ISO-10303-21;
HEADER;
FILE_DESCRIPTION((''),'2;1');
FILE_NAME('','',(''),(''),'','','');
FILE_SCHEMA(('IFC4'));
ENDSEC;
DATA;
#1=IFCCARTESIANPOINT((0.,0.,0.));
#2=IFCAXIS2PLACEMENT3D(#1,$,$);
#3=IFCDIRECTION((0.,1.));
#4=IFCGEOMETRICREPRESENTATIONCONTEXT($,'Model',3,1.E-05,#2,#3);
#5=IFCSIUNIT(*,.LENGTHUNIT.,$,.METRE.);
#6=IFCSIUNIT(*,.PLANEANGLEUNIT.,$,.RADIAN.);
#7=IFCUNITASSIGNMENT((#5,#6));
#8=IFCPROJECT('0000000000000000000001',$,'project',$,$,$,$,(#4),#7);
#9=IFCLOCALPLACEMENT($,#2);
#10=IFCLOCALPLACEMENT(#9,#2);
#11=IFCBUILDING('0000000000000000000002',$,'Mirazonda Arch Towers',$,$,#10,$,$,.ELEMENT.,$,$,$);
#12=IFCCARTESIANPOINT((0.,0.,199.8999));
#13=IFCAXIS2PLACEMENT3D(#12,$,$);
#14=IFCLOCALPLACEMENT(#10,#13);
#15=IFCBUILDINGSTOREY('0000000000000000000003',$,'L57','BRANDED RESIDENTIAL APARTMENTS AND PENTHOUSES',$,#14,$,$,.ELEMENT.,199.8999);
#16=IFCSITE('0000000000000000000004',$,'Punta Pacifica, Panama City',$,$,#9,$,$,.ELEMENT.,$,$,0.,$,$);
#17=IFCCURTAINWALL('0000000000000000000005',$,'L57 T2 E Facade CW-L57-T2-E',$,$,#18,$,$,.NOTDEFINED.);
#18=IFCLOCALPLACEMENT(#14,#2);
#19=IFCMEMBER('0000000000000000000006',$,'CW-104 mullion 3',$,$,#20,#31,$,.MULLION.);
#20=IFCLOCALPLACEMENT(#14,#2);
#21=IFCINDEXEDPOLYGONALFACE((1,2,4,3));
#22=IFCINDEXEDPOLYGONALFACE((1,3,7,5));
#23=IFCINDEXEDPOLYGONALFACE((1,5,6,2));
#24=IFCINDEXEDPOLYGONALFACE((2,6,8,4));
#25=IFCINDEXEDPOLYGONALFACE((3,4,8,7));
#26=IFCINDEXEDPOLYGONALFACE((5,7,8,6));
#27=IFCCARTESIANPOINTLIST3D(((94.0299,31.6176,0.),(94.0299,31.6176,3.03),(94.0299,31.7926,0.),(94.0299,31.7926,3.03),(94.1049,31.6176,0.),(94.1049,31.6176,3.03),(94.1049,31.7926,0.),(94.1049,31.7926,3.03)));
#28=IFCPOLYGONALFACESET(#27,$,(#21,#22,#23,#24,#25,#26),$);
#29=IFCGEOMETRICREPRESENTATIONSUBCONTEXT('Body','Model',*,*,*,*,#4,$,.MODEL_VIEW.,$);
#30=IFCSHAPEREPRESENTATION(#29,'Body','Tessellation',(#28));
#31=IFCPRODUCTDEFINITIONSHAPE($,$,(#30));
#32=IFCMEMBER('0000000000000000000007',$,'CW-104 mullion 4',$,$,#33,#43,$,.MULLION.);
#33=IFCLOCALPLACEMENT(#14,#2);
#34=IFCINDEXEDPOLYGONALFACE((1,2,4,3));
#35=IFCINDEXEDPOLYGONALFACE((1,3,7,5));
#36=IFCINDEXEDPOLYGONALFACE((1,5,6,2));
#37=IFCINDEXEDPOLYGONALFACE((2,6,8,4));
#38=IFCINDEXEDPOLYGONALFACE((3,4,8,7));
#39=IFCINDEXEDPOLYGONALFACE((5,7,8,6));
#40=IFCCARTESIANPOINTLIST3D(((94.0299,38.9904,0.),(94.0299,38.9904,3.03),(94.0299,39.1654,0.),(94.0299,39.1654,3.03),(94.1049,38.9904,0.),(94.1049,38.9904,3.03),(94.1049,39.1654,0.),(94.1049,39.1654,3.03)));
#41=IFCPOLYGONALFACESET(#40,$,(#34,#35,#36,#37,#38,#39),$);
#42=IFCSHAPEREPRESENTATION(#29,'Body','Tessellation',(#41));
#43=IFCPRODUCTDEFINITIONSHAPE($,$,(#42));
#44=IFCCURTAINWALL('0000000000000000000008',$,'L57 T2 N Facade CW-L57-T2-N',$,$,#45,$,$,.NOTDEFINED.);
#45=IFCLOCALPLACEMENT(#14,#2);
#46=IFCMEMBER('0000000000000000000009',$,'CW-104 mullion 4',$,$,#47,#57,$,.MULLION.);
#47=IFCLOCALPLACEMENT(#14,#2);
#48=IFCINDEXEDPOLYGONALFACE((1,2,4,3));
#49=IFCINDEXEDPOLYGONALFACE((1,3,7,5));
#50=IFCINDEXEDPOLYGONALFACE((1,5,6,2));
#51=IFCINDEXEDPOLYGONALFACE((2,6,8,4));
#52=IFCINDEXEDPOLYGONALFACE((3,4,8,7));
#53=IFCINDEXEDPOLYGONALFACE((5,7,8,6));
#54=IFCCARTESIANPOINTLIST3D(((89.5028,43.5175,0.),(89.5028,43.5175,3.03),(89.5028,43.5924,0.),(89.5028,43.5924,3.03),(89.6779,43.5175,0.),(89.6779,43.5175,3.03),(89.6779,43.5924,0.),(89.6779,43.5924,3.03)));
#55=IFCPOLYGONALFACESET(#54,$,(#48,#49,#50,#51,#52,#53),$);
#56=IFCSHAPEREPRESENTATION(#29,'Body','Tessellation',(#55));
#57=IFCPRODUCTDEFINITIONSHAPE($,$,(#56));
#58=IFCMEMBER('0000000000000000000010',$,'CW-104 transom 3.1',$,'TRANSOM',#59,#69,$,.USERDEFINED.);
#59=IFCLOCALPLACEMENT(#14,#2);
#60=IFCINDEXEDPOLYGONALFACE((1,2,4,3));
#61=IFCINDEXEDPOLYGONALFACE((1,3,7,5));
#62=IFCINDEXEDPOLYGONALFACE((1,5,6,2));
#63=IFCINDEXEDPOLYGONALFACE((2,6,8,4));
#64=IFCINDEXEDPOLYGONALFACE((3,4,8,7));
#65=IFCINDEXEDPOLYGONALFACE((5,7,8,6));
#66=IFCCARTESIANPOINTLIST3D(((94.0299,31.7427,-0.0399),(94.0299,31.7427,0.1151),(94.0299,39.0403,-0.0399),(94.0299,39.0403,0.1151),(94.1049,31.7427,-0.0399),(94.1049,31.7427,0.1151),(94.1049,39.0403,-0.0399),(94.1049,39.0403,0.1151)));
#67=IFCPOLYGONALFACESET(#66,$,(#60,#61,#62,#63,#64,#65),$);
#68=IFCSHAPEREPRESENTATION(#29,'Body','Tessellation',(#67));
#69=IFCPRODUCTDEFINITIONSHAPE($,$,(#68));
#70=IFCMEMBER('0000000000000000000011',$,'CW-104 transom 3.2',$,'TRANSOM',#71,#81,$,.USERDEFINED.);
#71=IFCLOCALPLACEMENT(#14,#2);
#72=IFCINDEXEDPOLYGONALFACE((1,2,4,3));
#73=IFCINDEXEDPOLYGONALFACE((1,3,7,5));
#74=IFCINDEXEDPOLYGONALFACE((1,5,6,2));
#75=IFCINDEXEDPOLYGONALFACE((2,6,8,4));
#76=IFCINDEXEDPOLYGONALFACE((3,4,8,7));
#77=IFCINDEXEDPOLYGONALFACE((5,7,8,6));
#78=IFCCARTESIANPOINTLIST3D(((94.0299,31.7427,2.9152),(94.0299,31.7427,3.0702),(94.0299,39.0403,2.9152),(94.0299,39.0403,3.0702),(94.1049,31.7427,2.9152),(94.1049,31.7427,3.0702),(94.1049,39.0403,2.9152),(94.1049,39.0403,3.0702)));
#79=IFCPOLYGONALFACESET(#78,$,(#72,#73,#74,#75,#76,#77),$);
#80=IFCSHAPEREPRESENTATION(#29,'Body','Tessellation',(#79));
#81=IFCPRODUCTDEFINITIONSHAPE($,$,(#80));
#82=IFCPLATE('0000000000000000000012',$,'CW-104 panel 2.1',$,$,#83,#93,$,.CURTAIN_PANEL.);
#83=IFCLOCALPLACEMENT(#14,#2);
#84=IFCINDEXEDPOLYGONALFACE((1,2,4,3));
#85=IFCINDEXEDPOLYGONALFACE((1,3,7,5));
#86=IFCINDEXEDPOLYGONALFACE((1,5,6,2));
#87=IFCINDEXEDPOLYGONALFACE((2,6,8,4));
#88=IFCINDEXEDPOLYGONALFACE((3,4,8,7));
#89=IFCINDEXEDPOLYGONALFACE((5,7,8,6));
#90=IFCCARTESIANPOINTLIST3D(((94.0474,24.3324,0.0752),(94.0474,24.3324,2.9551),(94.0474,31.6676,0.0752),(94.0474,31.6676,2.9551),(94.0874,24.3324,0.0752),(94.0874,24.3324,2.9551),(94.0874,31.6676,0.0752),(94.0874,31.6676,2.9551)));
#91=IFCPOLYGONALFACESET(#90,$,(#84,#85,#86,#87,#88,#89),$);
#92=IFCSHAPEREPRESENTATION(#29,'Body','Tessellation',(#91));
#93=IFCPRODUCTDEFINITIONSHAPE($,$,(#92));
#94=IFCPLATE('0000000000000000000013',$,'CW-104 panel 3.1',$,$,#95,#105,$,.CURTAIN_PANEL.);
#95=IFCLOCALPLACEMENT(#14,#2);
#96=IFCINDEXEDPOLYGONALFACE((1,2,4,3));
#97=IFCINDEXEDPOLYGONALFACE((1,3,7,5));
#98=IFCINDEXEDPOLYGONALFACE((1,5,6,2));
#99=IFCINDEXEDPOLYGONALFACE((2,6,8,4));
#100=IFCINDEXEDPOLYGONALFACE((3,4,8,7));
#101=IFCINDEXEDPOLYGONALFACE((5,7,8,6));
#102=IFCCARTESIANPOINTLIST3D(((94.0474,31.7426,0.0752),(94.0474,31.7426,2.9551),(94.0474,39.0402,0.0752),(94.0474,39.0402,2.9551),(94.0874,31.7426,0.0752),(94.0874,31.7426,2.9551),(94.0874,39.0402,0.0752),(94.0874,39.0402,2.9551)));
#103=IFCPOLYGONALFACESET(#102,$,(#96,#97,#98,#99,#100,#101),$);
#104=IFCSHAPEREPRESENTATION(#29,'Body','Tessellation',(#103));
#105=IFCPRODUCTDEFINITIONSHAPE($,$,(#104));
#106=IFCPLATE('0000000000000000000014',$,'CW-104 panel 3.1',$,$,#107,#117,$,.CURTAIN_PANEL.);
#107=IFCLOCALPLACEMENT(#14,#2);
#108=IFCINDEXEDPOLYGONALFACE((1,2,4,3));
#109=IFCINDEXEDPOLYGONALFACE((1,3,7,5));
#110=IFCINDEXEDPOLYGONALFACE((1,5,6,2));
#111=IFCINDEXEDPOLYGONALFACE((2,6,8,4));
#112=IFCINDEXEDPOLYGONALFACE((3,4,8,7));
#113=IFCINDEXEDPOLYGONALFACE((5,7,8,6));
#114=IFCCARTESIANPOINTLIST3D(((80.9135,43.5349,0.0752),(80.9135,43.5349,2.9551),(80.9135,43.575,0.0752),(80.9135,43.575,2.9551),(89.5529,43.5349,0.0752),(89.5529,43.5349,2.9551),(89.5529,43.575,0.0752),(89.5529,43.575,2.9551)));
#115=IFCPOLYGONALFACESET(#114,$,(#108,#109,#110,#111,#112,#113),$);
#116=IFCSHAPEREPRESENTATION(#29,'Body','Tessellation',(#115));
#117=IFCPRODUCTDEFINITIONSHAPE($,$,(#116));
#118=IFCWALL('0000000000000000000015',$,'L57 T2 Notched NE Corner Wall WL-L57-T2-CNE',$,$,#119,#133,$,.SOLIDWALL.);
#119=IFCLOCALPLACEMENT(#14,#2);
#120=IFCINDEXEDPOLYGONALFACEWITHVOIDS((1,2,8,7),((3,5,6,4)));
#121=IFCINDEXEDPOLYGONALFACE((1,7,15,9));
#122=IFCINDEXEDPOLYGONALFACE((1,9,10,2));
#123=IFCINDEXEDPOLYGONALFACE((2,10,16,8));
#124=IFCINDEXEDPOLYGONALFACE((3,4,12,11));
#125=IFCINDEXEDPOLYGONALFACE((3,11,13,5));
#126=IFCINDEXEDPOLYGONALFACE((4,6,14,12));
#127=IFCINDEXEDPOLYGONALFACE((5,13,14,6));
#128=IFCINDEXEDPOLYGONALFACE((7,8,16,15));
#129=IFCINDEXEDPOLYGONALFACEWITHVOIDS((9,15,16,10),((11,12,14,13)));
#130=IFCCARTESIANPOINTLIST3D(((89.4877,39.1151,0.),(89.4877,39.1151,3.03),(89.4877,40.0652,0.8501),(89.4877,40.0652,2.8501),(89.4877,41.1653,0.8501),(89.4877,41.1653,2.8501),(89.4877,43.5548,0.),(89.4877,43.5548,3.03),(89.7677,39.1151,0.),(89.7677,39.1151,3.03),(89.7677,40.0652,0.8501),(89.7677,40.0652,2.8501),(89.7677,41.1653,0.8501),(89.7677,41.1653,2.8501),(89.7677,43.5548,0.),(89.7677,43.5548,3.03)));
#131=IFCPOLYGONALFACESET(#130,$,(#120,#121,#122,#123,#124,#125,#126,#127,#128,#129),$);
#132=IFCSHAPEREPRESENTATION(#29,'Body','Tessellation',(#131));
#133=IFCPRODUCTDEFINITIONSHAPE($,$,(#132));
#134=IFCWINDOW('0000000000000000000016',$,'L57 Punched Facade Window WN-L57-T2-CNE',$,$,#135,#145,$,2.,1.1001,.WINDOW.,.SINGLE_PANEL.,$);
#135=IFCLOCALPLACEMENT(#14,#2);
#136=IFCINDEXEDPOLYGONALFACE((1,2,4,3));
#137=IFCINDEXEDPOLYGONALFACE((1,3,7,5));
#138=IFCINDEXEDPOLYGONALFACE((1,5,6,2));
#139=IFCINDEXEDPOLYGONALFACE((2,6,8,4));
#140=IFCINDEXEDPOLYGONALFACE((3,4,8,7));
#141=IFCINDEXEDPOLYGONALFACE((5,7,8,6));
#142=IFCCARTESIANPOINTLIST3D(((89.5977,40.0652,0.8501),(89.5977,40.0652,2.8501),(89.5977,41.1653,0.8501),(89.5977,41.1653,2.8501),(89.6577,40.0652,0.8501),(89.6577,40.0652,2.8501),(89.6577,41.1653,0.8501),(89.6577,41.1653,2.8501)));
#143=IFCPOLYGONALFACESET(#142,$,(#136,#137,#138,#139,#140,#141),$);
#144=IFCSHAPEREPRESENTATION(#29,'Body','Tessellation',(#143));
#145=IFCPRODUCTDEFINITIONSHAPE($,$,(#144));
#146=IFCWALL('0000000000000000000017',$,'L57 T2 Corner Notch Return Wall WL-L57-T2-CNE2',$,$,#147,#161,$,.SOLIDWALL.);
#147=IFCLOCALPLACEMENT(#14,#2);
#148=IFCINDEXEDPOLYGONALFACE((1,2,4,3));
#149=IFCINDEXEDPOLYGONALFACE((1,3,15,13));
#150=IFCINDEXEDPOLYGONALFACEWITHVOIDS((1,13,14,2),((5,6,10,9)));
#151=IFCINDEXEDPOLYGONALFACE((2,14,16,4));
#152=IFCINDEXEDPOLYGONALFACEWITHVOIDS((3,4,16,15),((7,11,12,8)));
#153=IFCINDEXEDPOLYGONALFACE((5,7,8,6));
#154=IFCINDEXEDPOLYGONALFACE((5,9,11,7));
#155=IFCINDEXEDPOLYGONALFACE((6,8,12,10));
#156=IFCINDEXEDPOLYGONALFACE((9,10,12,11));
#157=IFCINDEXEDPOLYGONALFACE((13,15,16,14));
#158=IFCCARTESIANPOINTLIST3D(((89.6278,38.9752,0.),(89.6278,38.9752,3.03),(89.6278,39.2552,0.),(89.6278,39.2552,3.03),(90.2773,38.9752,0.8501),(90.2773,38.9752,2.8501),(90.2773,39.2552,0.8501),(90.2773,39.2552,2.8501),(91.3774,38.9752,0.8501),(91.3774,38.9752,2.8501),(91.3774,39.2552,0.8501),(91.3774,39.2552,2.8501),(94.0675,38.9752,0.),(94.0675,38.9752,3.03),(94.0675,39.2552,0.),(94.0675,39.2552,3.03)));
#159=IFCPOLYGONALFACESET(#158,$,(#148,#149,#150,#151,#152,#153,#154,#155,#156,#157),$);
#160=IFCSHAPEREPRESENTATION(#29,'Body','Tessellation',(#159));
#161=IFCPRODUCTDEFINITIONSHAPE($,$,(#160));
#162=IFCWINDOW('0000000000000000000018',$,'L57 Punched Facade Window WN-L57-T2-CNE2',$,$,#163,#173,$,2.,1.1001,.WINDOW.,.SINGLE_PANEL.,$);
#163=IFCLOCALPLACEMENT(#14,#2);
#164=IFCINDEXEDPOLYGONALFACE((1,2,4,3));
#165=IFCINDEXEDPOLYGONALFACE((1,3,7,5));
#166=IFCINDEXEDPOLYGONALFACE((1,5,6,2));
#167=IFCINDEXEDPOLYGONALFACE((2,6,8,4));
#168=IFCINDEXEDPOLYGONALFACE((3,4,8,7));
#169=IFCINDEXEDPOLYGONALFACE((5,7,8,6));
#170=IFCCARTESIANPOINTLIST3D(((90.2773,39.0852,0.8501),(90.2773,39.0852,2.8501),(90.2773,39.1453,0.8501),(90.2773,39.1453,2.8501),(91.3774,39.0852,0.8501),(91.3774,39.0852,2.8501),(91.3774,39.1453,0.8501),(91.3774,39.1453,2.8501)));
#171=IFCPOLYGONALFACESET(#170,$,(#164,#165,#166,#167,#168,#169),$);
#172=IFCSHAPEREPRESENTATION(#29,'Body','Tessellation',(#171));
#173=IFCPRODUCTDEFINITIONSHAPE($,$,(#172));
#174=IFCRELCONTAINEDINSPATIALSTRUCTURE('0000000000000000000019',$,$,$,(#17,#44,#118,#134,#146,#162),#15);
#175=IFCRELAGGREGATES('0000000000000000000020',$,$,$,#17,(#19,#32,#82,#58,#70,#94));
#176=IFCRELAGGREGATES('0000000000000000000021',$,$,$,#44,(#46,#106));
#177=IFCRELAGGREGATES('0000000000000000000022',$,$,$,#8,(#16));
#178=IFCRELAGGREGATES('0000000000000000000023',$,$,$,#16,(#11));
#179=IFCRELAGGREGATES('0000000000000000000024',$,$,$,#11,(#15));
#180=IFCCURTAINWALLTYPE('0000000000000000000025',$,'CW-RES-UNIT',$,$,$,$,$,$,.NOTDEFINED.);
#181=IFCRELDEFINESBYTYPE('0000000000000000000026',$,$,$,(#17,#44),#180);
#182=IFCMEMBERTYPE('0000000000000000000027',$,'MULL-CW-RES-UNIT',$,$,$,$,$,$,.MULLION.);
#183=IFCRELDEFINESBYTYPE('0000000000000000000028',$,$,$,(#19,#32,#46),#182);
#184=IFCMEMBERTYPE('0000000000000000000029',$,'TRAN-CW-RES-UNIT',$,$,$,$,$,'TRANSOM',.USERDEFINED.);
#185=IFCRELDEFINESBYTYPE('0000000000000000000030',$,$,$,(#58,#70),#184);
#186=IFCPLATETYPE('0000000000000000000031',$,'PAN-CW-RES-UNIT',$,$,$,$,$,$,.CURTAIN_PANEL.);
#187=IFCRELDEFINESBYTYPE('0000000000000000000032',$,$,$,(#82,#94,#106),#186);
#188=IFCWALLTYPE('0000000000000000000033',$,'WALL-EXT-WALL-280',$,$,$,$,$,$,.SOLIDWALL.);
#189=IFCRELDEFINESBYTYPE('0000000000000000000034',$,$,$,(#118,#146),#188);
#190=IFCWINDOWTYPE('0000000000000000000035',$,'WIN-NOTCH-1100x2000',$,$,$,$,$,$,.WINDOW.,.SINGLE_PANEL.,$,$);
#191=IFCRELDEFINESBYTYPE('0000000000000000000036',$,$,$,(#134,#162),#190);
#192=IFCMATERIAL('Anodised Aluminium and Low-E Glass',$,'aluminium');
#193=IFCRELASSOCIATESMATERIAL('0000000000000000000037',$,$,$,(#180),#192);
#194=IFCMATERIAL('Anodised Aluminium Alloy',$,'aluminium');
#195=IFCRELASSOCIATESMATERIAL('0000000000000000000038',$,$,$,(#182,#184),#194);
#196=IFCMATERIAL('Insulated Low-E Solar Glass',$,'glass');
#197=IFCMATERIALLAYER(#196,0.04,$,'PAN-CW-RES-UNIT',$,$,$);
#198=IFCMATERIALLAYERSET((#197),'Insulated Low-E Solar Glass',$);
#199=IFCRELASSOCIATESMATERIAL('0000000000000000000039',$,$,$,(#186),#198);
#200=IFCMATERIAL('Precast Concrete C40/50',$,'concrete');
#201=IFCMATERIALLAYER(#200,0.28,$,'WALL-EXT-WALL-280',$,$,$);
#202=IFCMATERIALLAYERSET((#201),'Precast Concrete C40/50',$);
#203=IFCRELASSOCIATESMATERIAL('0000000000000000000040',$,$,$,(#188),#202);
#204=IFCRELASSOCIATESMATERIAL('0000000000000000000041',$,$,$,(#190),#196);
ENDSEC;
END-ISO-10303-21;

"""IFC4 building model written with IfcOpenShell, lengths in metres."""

from ifc_helpers import new_model, si_unit, direction, frame, frame_2d, origin, origin_2d, place, context, subcontext, project, spatial, rectangle, extrude, material, layer, layer_set, material_profile, profile_set, type_object, element, fill, aggregate, save


model = new_model("IFC4")

# Units and contexts
model_context = context("Model", 3, precision=1e-05, world=origin(), true_north=direction((0.0, 1.0)))
body_context = subcontext(model_context, "Body", "Model", "MODEL_VIEW")
ifc_project = project(units=[si_unit("LENGTHUNIT", "METRE"), si_unit("PLANEANGLEUNIT", "RADIAN")], contexts=[model_context])

# Site, building, storey
site_placement = place(None, origin())
site = spatial("IfcSite", under=ifc_project, at=site_placement, Name="Punta Pacifica, Panama City", CompositionType="ELEMENT", RefElevation=0.0)
building_placement = place(site_placement, origin())
building = spatial("IfcBuilding", under=site, at=building_placement, Name="Mirazonda Arch Towers", CompositionType="ELEMENT")
storey_placement = place(building_placement, frame((0.0, 0.0, 199.8999)))
storey = spatial("IfcBuildingStorey", under=building, at=storey_placement, Name="L57", Description="BRANDED RESIDENTIAL APARTMENTS AND PENTHOUSES", CompositionType="ELEMENT", Elevation=199.8999)

# Curtain wall, members
ifc_material_1 = material(Name="Anodised Aluminium and Low-E Glass", Category="aluminium")
curtain_wall_type = type_object("IfcCurtainWallType", Name="CW-RES-UNIT", PredefinedType="NOTDEFINED", material=ifc_material_1)
curtain_wall_1_placement = place(storey_placement, origin())
curtain_wall_1 = element("IfcCurtainWall", 1, at=curtain_wall_1_placement, inside=storey, type_object=curtain_wall_type, Name="L57 T2 E Facade CW-L57-T2-E", PredefinedType="NOTDEFINED")
ifc_material_2 = material(Name="Anodised Aluminium Alloy", Category="aluminium")
ifc_material_profile_1 = material_profile(ifc_material_2, rectangle(XDim=0.075, YDim=0.175, at=origin_2d()), Name="ALU-MULL-75x175")
ifc_profile_set_1 = profile_set([ifc_material_profile_1], Name="Anodised Aluminium Alloy")
member_type_1 = type_object("IfcMemberType", Name="MULL-CW-RES-UNIT", PredefinedType="MULLION", material=ifc_profile_set_1)
member_1_placement = place(storey_placement, frame((94.0674, 31.7051, 0.0), z_axis=(0.0, 0.0, 1.0), x_axis=(-1.0, 0.0, 0.0)))
member_1 = element("IfcMember", 2, at=member_1_placement, type_object=member_type_1, Name="CW-104 mullion 3", PredefinedType="MULLION", context=body_context, shape_type="SweptSolid", body=[
    extrude(rectangle(XDim=0.075, YDim=0.175, at=origin_2d()), origin(), (0.0, 0.0, 1.0), 3.03),
])
member_2_placement = place(storey_placement, frame((94.0674, 39.0779, 0.0), z_axis=(0.0, 0.0, 1.0), x_axis=(-1.0, 0.0, 0.0)))
member_2 = element("IfcMember", 3, at=member_2_placement, type_object=member_type_1, Name="CW-104 mullion 4", PredefinedType="MULLION", context=body_context, shape_type="SweptSolid", body=[
    extrude(rectangle(XDim=0.075, YDim=0.175, at=origin_2d()), origin(), (0.0, 0.0, 1.0), 3.03),
])

# Curtain wall, member
curtain_wall_2_placement = place(storey_placement, origin())
curtain_wall_2 = element("IfcCurtainWall", 4, at=curtain_wall_2_placement, inside=storey, type_object=curtain_wall_type, Name="L57 T2 N Facade CW-L57-T2-N", PredefinedType="NOTDEFINED")
member_3_placement = place(storey_placement, frame((89.5903, 43.5549, 0.0), z_axis=(0.0, 0.0, 1.0), x_axis=(0.0, 1.0, 0.0)))
member_3 = element("IfcMember", 5, at=member_3_placement, type_object=member_type_1, Name="CW-104 mullion 4", PredefinedType="MULLION", context=body_context, shape_type="SweptSolid", body=[
    extrude(rectangle(XDim=0.075, YDim=0.175, at=origin_2d()), origin(), (0.0, 0.0, 1.0), 3.03),
])

# Members
ifc_material_profile_2 = material_profile(ifc_material_2, rectangle(XDim=0.075, YDim=0.155, at=origin_2d()), Name="ALU-TRAN-75x155")
ifc_profile_set_2 = profile_set([ifc_material_profile_2], Name="Anodised Aluminium Alloy")
member_type_2 = type_object("IfcMemberType", Name="TRAN-CW-RES-UNIT", ElementType="TRANSOM", PredefinedType="USERDEFINED", material=ifc_profile_set_2)
member_4_placement = place(storey_placement, frame((94.0674, 31.7427, 0.0376), z_axis=(0.0, 1.0, 0.0), x_axis=(-1.0, 0.0, 0.0)))
member_4 = element("IfcMember", 6, at=member_4_placement, type_object=member_type_2, Name="CW-104 transom 3.1", ObjectType="TRANSOM", PredefinedType="USERDEFINED", context=body_context, shape_type="SweptSolid", body=[
    extrude(rectangle(XDim=0.075, YDim=0.155, at=origin_2d()), origin(), (0.0, 0.0, 1.0), 7.2976),
])
member_5_placement = place(storey_placement, frame((94.0674, 31.7427, 2.9927), z_axis=(0.0, 1.0, 0.0), x_axis=(-1.0, 0.0, 0.0)))
member_5 = element("IfcMember", 7, at=member_5_placement, type_object=member_type_2, Name="CW-104 transom 3.2", ObjectType="TRANSOM", PredefinedType="USERDEFINED", context=body_context, shape_type="SweptSolid", body=[
    extrude(rectangle(XDim=0.075, YDim=0.155, at=origin_2d()), origin(), (0.0, 0.0, 1.0), 7.2976),
])

# Plates
ifc_material_3 = material(Name="Insulated Low-E Solar Glass", Category="glass")
ifc_layer_1 = layer(ifc_material_3, 0.04, Name="PAN-CW-RES-UNIT")
ifc_layer_set_1 = layer_set([ifc_layer_1], Name="Insulated Low-E Solar Glass")
plate_type = type_object("IfcPlateType", Name="PAN-CW-RES-UNIT", PredefinedType="CURTAIN_PANEL", material=ifc_layer_set_1)
plate_1_placement = place(storey_placement, frame((94.0674, 28.0, 0.0752), z_axis=(0.0, 0.0, 1.0), x_axis=(0.0, 1.0, 0.0)))
plate_1 = element("IfcPlate", 8, at=plate_1_placement, type_object=plate_type, Name="CW-104 panel 2.1", PredefinedType="CURTAIN_PANEL", context=body_context, shape_type="SweptSolid", body=[
    extrude(rectangle(XDim=7.3352, YDim=0.04, at=origin_2d()), origin(), (0.0, 0.0, 1.0), 2.8799),
])
plate_2_placement = place(storey_placement, frame((94.0674, 35.3914, 0.0752), z_axis=(0.0, 0.0, 1.0), x_axis=(0.0, 1.0, 0.0)))
plate_2 = element("IfcPlate", 9, at=plate_2_placement, type_object=plate_type, Name="CW-104 panel 3.1", PredefinedType="CURTAIN_PANEL", context=body_context, shape_type="SweptSolid", body=[
    extrude(rectangle(XDim=7.2976, YDim=0.04, at=origin_2d()), origin(), (0.0, 0.0, 1.0), 2.8799),
])
aggregate(curtain_wall_1, [member_1, member_2, plate_1, member_4, member_5, plate_2])
plate_3_placement = place(storey_placement, frame((85.2332, 43.5549, 0.0752), z_axis=(0.0, 0.0, 1.0), x_axis=(1.0, 0.0, 0.0)))
plate_3 = element("IfcPlate", 10, at=plate_3_placement, type_object=plate_type, Name="CW-104 panel 3.1", PredefinedType="CURTAIN_PANEL", context=body_context, shape_type="SweptSolid", body=[
    extrude(rectangle(XDim=8.6394, YDim=0.04, at=origin_2d()), origin(), (0.0, 0.0, 1.0), 2.8799),
])
aggregate(curtain_wall_2, [member_3, plate_3])

# Walls, openings, windows
ifc_material_4 = material(Name="Precast Concrete C40/50", Category="concrete")
ifc_layer_2 = layer(ifc_material_4, 0.28, Name="WALL-EXT-WALL-280")
ifc_layer_set_2 = layer_set([ifc_layer_2], Name="Precast Concrete C40/50")
wall_type_1 = type_object("IfcWallType", Name="WALL-EXT-WALL-280", PredefinedType="SOLIDWALL", material=ifc_layer_set_2)
wall_1_placement = place(storey_placement, frame((89.6277, 39.1152, 0.0), z_axis=(0.0, 0.0, 1.0), x_axis=(0.0, 1.0, 0.0)))
wall_1 = element("IfcWall", 11, at=wall_1_placement, inside=storey, type_object=wall_type_1, Name="L57 T2 Notched NE Corner Wall WL-L57-T2-CNE", PredefinedType="SOLIDWALL", context=body_context, shape_type="SweptSolid", body=[
    extrude(rectangle(XDim=4.4397, YDim=0.28, at=frame_2d((2.2197, 0.0))), origin(), (0.0, 0.0, 1.0), 3.03),
])
opening_1_placement = place(wall_1_placement, frame((0.95, 0.0, 0.8501)))
opening_1 = element("IfcOpeningElement", 12, at=opening_1_placement, cuts=wall_1, PredefinedType="OPENING", context=body_context, shape_type="SweptSolid", body=[
    extrude(rectangle(XDim=1.1001, YDim=2.0, at=frame_2d((0.55, 1.0))), frame((0.0, 0.1499, 0.0), z_axis=(0.0, -1.0, 0.0), x_axis=(1.0, 0.0, 0.0)), (0.0, 0.0, 1.0), 0.3),
])
window_type = type_object("IfcWindowType", Name="WIN-NOTCH-1100x2000", PartitioningType="SINGLE_PANEL", PredefinedType="WINDOW", material=ifc_material_3)
window_1_placement = place(opening_1_placement, origin())
window_1 = element("IfcWindow", 13, at=window_1_placement, inside=storey, type_object=window_type, Name="L57 Punched Facade Window WN-L57-T2-CNE", OverallHeight=2.0, OverallWidth=1.1001, PartitioningType="SINGLE_PANEL", PredefinedType="WINDOW", context=body_context, shape_type="SweptSolid", body=[
    extrude(rectangle(XDim=1.1001, YDim=2.0, at=frame_2d((0.55, 1.0))), frame((0.0, 0.03, 0.0), z_axis=(0.0, -1.0, 0.0), x_axis=(1.0, 0.0, 0.0)), (0.0, 0.0, 1.0), 0.0601),
])
fill(opening_1, window_1)
wall_2_placement = place(storey_placement, frame((94.0674, 39.1152, 0.0), z_axis=(0.0, 0.0, 1.0), x_axis=(-1.0, 0.0, 0.0)))
wall_2 = element("IfcWall", 14, at=wall_2_placement, inside=storey, type_object=wall_type_1, Name="L57 T2 Corner Notch Return Wall WL-L57-T2-CNE2", PredefinedType="SOLIDWALL", context=body_context, shape_type="SweptSolid", body=[
    extrude(rectangle(XDim=4.4397, YDim=0.28, at=frame_2d((2.2197, 0.0))), origin(), (0.0, 0.0, 1.0), 3.03),
])
opening_2_placement = place(wall_2_placement, frame((2.6899, 0.0, 0.8501)))
opening_2 = element("IfcOpeningElement", 15, at=opening_2_placement, cuts=wall_2, PredefinedType="OPENING", context=body_context, shape_type="SweptSolid", body=[
    extrude(rectangle(XDim=1.1001, YDim=2.0, at=frame_2d((0.55, 1.0))), frame((0.0, 0.1499, 0.0), z_axis=(0.0, -1.0, 0.0), x_axis=(1.0, 0.0, 0.0)), (0.0, 0.0, 1.0), 0.3),
])
window_2_placement = place(opening_2_placement, origin())
window_2 = element("IfcWindow", 16, at=window_2_placement, inside=storey, type_object=window_type, Name="L57 Punched Facade Window WN-L57-T2-CNE2", OverallHeight=2.0, OverallWidth=1.1001, PartitioningType="SINGLE_PANEL", PredefinedType="WINDOW", context=body_context, shape_type="SweptSolid", body=[
    extrude(rectangle(XDim=1.1001, YDim=2.0, at=frame_2d((0.55, 1.0))), frame((0.0, 0.03, 0.0), z_axis=(0.0, -1.0, 0.0), x_axis=(1.0, 0.0, 0.0)), (0.0, 0.0, 1.0), 0.0601),
])
fill(opening_2, window_2)

save(model, "model.ifc")
